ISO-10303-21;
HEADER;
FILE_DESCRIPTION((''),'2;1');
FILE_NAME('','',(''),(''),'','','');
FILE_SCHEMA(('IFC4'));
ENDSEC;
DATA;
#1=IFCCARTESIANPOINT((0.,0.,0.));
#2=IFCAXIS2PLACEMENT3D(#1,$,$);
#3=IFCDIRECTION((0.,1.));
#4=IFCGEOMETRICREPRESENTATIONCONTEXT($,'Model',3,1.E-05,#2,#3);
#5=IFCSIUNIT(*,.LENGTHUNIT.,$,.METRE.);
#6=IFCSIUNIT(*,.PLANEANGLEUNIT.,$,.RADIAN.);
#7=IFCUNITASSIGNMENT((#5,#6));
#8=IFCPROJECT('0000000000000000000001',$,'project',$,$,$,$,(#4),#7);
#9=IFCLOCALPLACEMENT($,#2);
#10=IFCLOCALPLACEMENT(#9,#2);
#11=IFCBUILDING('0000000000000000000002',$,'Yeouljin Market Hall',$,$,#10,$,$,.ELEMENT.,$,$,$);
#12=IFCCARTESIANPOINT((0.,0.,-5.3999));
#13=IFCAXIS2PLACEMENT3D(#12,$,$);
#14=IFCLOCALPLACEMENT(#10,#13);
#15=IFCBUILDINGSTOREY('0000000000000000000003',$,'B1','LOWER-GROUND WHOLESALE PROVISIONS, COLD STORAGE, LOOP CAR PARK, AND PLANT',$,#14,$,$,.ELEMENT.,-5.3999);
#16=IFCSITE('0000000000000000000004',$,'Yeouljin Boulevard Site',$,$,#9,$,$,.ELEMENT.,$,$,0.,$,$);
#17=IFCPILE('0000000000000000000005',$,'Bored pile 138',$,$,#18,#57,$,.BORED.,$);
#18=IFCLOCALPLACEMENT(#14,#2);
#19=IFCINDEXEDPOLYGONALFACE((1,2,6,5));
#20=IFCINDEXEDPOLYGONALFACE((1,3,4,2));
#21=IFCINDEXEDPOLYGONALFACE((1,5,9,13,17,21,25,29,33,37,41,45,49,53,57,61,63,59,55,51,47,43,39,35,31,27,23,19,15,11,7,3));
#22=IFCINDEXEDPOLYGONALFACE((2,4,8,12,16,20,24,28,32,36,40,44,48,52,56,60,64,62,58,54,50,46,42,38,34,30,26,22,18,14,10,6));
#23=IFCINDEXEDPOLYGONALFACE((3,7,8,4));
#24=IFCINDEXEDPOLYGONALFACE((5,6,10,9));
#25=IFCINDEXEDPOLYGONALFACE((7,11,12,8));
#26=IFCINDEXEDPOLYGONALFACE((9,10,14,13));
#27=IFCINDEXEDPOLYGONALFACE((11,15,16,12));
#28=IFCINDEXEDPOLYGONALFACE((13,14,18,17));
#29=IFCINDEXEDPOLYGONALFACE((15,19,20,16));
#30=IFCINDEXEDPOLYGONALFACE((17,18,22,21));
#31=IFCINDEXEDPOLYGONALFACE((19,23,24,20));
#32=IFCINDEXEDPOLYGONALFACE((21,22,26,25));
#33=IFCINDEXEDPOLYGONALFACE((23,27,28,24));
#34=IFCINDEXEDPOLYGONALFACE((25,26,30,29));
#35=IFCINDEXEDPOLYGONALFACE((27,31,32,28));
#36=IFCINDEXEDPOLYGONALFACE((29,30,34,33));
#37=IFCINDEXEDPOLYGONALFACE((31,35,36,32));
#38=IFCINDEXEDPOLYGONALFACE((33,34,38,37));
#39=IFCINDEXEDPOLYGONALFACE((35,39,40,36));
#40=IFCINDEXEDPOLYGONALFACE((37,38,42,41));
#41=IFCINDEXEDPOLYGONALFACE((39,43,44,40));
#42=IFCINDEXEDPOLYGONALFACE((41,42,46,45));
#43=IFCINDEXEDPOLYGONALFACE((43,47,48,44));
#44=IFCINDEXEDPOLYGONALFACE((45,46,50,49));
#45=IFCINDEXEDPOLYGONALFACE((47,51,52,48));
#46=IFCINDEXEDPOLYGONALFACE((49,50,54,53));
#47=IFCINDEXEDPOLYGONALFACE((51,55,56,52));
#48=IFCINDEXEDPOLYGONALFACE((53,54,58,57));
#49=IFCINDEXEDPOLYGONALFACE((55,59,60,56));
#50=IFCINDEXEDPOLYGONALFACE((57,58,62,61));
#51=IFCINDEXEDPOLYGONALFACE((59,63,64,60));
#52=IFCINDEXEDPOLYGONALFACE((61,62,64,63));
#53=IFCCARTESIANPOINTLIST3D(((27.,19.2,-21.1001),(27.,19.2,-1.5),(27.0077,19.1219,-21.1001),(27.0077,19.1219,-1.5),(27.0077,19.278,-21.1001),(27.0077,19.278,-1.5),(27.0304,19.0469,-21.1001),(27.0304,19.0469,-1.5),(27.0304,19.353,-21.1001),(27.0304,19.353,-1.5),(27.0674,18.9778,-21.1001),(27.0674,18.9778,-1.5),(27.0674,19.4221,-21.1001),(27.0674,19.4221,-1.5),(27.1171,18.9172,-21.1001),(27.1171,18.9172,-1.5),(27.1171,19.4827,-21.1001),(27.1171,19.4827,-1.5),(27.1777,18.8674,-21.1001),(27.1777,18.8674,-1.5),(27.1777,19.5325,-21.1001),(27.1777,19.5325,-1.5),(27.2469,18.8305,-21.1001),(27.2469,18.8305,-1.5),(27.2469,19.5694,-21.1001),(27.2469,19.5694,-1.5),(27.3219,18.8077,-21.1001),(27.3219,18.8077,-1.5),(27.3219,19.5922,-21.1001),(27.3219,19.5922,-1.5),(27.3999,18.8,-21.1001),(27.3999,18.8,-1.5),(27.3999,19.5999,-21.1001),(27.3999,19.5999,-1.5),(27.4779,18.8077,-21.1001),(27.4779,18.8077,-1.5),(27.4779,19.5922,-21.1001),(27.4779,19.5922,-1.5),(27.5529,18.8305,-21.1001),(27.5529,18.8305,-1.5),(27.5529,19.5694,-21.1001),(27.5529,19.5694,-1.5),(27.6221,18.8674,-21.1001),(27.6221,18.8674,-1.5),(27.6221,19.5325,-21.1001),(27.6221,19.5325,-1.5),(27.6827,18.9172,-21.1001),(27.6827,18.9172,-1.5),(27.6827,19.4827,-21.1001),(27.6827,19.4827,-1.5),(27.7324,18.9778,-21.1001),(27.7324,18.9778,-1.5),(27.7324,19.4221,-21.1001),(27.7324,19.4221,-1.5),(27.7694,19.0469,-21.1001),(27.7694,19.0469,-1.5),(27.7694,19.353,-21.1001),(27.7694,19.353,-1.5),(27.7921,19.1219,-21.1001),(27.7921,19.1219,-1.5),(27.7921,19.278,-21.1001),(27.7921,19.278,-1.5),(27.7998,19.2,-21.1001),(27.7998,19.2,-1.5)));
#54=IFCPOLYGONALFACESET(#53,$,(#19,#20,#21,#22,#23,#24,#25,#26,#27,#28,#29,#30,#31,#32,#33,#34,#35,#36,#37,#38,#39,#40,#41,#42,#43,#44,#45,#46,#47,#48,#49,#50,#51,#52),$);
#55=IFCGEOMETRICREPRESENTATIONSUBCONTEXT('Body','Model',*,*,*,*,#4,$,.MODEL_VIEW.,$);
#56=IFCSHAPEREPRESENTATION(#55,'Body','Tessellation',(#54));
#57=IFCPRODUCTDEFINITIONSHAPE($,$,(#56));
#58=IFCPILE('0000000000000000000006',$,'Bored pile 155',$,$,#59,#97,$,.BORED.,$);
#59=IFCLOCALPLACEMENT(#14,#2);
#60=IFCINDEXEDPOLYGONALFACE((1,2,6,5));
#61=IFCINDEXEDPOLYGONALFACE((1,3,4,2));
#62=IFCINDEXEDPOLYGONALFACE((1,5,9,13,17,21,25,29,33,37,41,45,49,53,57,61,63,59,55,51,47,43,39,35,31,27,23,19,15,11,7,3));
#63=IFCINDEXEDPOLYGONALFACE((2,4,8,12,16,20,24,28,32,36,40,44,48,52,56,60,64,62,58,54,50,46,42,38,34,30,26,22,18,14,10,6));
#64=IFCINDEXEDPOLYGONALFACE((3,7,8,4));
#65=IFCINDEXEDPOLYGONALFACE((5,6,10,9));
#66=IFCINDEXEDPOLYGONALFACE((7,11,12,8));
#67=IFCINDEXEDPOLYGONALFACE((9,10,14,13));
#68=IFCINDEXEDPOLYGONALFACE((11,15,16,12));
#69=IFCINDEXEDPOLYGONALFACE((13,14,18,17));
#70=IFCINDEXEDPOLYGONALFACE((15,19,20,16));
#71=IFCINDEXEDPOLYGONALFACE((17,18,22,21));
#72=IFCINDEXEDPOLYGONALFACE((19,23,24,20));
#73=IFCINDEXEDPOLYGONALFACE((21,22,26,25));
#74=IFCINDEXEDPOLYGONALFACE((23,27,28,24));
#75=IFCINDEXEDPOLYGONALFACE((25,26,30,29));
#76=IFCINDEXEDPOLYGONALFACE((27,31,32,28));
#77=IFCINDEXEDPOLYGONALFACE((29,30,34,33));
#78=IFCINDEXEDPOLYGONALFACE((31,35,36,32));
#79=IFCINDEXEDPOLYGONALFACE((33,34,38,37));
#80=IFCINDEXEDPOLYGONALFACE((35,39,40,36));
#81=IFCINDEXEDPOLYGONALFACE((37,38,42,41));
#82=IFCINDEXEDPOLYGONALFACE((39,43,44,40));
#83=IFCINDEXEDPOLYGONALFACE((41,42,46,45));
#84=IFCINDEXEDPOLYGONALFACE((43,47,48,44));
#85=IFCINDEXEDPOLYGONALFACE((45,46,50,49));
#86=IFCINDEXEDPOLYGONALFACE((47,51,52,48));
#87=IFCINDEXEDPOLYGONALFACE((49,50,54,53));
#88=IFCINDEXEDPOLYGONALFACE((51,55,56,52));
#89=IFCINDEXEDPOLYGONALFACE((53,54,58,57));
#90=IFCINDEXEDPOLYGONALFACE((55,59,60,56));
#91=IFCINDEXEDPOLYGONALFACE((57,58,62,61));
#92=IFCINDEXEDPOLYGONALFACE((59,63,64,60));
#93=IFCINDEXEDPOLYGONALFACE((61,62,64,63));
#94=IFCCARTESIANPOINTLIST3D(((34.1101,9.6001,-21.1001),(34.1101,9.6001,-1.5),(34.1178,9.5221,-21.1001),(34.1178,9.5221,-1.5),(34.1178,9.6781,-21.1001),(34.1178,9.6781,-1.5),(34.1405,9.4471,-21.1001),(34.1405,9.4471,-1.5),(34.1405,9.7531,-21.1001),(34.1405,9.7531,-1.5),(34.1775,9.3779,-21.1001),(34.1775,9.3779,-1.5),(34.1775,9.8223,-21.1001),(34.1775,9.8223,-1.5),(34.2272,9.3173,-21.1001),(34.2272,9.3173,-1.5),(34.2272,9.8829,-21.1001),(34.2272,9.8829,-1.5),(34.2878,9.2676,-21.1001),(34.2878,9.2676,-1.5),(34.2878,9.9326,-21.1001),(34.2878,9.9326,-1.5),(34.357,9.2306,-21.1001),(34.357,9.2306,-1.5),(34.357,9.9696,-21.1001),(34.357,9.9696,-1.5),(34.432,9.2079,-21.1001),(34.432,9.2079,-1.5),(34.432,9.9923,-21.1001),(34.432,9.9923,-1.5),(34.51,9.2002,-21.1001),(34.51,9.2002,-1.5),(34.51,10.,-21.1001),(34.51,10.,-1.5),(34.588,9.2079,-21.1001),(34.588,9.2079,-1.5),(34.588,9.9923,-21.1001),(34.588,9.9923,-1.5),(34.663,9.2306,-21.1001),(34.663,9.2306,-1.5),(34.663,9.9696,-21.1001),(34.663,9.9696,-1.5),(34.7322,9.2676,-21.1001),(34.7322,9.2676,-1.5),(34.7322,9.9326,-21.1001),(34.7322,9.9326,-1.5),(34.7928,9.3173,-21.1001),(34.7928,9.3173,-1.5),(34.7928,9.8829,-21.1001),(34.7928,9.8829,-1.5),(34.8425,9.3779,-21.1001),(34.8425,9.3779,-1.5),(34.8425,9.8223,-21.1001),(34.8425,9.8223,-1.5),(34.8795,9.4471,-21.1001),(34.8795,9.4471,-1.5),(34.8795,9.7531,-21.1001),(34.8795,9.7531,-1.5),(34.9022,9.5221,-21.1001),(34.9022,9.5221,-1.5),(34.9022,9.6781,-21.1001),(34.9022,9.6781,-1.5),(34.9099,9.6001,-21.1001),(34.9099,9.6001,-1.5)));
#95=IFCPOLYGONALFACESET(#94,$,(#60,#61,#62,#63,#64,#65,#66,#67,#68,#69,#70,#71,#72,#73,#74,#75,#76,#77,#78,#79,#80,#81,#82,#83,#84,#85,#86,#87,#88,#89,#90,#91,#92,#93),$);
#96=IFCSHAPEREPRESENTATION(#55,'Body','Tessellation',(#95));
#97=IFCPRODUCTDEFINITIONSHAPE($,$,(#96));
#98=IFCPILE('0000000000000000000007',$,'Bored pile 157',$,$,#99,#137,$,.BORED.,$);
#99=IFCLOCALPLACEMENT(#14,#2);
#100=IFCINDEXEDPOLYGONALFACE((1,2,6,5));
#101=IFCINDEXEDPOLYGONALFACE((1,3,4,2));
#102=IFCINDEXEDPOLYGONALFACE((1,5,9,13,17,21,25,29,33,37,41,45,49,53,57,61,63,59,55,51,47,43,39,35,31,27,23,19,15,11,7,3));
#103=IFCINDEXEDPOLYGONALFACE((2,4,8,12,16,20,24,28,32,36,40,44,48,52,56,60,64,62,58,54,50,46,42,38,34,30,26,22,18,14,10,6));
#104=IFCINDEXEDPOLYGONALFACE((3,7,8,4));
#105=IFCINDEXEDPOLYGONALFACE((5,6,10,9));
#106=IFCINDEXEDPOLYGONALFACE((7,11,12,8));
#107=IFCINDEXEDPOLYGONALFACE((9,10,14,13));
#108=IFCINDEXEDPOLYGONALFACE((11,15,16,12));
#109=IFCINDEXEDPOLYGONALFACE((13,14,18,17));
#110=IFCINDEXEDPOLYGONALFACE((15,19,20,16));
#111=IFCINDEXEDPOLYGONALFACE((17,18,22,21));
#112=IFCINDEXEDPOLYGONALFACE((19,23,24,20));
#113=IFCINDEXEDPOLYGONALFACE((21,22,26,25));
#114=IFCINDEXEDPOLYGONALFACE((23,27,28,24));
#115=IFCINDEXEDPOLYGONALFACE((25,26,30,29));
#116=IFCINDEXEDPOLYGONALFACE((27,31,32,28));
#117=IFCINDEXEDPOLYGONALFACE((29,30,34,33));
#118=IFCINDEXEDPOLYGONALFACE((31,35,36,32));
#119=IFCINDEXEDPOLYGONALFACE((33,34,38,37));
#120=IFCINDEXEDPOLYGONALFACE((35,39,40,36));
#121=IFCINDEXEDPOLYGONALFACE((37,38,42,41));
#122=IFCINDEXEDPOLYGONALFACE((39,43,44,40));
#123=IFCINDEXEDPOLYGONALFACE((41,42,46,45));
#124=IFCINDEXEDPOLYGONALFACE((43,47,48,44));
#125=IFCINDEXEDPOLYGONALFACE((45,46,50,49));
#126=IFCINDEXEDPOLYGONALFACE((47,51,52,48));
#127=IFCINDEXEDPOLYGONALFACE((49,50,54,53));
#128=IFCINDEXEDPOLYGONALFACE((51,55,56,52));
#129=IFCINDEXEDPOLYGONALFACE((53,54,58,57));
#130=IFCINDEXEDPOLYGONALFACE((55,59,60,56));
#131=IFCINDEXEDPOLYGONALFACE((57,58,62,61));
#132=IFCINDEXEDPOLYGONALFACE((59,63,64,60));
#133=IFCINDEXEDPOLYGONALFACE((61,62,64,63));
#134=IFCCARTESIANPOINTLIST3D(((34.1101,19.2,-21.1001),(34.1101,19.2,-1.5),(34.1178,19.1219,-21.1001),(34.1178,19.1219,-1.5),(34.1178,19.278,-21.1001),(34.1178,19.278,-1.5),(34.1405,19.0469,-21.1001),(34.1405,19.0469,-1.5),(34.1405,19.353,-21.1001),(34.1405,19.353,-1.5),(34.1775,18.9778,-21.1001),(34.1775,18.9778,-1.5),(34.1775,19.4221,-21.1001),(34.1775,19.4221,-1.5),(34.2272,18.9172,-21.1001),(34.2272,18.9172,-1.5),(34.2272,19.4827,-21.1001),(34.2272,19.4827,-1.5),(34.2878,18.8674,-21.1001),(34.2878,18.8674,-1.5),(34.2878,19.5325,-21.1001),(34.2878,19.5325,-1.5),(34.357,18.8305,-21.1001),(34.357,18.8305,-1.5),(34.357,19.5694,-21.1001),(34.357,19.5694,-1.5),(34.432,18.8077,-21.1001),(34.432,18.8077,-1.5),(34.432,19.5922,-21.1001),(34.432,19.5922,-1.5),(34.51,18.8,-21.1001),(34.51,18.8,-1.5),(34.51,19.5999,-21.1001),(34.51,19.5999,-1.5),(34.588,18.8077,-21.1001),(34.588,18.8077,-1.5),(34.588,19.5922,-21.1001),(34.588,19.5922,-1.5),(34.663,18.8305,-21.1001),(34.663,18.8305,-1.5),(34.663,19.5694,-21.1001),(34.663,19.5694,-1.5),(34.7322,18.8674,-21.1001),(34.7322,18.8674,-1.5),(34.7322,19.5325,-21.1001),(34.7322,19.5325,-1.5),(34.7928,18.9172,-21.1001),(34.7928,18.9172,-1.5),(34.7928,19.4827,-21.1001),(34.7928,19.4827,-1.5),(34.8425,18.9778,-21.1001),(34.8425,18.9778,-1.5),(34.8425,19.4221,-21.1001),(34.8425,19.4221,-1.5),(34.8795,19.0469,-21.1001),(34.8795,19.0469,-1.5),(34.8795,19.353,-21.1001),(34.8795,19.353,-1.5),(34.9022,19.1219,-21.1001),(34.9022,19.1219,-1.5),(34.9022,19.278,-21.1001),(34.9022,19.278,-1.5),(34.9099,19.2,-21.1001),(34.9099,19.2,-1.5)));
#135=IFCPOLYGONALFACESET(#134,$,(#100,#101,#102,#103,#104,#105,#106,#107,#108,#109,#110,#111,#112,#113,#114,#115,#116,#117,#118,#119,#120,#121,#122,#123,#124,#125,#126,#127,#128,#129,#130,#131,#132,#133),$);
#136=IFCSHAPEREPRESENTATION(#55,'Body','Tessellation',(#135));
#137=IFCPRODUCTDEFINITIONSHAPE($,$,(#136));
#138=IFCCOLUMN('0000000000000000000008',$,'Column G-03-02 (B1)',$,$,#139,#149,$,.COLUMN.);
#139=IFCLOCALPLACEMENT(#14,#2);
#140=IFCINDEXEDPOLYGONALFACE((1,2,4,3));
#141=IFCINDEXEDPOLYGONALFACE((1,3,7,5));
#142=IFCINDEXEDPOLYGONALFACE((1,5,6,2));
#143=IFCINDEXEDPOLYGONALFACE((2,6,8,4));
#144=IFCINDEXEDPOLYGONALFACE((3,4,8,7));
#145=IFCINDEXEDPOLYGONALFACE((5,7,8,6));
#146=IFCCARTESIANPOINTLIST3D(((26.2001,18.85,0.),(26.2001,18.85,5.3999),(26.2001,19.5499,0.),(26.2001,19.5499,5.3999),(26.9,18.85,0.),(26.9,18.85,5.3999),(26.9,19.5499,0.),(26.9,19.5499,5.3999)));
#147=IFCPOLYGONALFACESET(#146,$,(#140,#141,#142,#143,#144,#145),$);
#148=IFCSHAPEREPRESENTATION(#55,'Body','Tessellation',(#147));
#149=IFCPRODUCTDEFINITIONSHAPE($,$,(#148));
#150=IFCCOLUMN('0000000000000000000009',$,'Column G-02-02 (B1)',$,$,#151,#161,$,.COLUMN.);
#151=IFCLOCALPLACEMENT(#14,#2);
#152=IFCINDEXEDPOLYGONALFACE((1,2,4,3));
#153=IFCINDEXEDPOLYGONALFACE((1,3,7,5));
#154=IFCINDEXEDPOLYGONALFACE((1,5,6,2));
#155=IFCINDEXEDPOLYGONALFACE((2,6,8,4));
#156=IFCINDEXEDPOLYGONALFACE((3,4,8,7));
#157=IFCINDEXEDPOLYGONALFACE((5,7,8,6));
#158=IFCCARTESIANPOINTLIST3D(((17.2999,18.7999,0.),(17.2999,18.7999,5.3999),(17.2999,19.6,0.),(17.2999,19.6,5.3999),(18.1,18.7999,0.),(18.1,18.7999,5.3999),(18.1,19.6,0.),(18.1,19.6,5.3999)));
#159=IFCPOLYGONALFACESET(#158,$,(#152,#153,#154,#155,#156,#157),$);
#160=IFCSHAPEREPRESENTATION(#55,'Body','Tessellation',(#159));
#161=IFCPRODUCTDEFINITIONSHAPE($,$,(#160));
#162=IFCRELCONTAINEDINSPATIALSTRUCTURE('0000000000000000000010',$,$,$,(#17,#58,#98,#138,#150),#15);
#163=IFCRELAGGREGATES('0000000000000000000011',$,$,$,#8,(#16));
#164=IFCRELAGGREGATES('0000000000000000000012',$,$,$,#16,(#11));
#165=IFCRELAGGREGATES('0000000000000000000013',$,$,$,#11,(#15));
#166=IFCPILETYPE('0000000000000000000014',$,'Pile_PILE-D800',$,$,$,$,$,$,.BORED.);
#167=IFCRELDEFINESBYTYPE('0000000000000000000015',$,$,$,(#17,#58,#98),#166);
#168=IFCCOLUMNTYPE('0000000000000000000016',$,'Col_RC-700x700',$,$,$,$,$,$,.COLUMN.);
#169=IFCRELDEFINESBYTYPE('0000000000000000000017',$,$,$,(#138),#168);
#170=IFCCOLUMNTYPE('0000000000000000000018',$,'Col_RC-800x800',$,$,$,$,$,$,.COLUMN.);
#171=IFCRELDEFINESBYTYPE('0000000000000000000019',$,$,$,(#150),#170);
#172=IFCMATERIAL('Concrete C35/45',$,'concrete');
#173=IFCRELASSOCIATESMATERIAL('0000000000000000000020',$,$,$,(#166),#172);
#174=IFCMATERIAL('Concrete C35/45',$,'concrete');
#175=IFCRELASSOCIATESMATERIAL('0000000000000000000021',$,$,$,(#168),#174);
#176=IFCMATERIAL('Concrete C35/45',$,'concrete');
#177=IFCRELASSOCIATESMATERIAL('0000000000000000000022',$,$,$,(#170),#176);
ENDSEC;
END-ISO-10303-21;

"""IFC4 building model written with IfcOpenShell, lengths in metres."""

from ifc_helpers import new_model, si_unit, direction, frame, origin, origin_2d, place, context, subcontext, project, spatial, rectangle, circle, extrude, material, material_profile, profile_set, type_object, element, save


model = new_model("IFC4")

# Units and contexts
model_context = context("Model", 3, precision=1e-05, world=origin(), true_north=direction((0.0, 1.0)))
body_context = subcontext(model_context, "Body", "Model", "MODEL_VIEW")
ifc_project = project(units=[si_unit("LENGTHUNIT", "METRE"), si_unit("PLANEANGLEUNIT", "RADIAN")], contexts=[model_context])

# Site, building, storey
site_placement = place(None, origin())
site = spatial("IfcSite", under=ifc_project, at=site_placement, Name="Yeouljin Boulevard Site", CompositionType="ELEMENT", RefElevation=0.0)
building_placement = place(site_placement, origin())
building = spatial("IfcBuilding", under=site, at=building_placement, Name="Yeouljin Market Hall", CompositionType="ELEMENT")
storey_placement = place(building_placement, frame((0.0, 0.0, -5.3999)))
storey = spatial("IfcBuildingStorey", under=building, at=storey_placement, Name="B1", Description="LOWER-GROUND WHOLESALE PROVISIONS, COLD STORAGE, LOOP CAR PARK, AND PLANT", CompositionType="ELEMENT", Elevation=-5.3999)

# Piles
ifc_material_1 = material(Name="Concrete C35/45", Category="concrete")
ifc_material_profile_1 = material_profile(ifc_material_1, circle(Radius=0.3999, at=origin_2d()), Name="PILE-D800")
ifc_profile_set_1 = profile_set([ifc_material_profile_1], Name="Concrete C35/45")
pile_type_1 = type_object("IfcPileType", Name="Pile_PILE-D800", PredefinedType="BORED", material=ifc_profile_set_1)
for number, where, z_axis, x_axis, name in (
    (1, (27.3999, 19.2, -1.5), (0.0, 0.0, -1.0), (1.0, 0.0, 0.0), "Bored pile 138"),
    (2, (34.51, 9.6001, -1.5), (0.0, 0.0, -1.0), (1.0, 0.0, 0.0), "Bored pile 155"),
    (3, (34.51, 19.2, -1.5), (0.0, 0.0, -1.0), (1.0, 0.0, 0.0), "Bored pile 157"),
):
    element("IfcPile", number, at=place(storey_placement, frame(where, z_axis=z_axis, x_axis=x_axis)), inside=storey, type_object=pile_type_1, Name=name, PredefinedType="BORED", context=body_context, shape_type="SweptSolid", body=[
        extrude(circle(Radius=0.3999, at=origin_2d()), origin(), (0.0, 0.0, 1.0), 19.6001),
    ])

# Columns
ifc_material_2 = material(Name="Concrete C35/45", Category="concrete")
ifc_material_profile_2 = material_profile(ifc_material_2, rectangle(XDim=0.7, YDim=0.7, at=origin_2d()), Name="RC-700x700")
ifc_profile_set_2 = profile_set([ifc_material_profile_2], Name="Concrete C35/45")
column_type_1 = type_object("IfcColumnType", Name="Col_RC-700x700", PredefinedType="COLUMN", material=ifc_profile_set_2)
column_1_placement = place(storey_placement, frame((26.55, 19.2, 0.0), z_axis=(0.0, 0.0, 1.0), x_axis=(1.0, 0.0, 0.0)))
element("IfcColumn", 4, at=column_1_placement, inside=storey, type_object=column_type_1, Name="Column G-03-02 (B1)", PredefinedType="COLUMN", context=body_context, shape_type="SweptSolid", body=[
    extrude(rectangle(XDim=0.7, YDim=0.7, at=origin_2d()), origin(), (0.0, 0.0, 1.0), 5.3999),
])
ifc_material_3 = material(Name="Concrete C35/45", Category="concrete")
ifc_material_profile_3 = material_profile(ifc_material_3, rectangle(XDim=0.8, YDim=0.8, at=origin_2d()), Name="RC-800x800")
ifc_profile_set_3 = profile_set([ifc_material_profile_3], Name="Concrete C35/45")
column_type_2 = type_object("IfcColumnType", Name="Col_RC-800x800", PredefinedType="COLUMN", material=ifc_profile_set_3)
column_2_placement = place(storey_placement, frame((17.7, 19.2, 0.0), z_axis=(0.0, 0.0, 1.0), x_axis=(1.0, 0.0, 0.0)))
element("IfcColumn", 5, at=column_2_placement, inside=storey, type_object=column_type_2, Name="Column G-02-02 (B1)", PredefinedType="COLUMN", context=body_context, shape_type="SweptSolid", body=[
    extrude(rectangle(XDim=0.8, YDim=0.8, at=origin_2d()), origin(), (0.0, 0.0, 1.0), 5.3999),
])

save(model, "model.ifc")
